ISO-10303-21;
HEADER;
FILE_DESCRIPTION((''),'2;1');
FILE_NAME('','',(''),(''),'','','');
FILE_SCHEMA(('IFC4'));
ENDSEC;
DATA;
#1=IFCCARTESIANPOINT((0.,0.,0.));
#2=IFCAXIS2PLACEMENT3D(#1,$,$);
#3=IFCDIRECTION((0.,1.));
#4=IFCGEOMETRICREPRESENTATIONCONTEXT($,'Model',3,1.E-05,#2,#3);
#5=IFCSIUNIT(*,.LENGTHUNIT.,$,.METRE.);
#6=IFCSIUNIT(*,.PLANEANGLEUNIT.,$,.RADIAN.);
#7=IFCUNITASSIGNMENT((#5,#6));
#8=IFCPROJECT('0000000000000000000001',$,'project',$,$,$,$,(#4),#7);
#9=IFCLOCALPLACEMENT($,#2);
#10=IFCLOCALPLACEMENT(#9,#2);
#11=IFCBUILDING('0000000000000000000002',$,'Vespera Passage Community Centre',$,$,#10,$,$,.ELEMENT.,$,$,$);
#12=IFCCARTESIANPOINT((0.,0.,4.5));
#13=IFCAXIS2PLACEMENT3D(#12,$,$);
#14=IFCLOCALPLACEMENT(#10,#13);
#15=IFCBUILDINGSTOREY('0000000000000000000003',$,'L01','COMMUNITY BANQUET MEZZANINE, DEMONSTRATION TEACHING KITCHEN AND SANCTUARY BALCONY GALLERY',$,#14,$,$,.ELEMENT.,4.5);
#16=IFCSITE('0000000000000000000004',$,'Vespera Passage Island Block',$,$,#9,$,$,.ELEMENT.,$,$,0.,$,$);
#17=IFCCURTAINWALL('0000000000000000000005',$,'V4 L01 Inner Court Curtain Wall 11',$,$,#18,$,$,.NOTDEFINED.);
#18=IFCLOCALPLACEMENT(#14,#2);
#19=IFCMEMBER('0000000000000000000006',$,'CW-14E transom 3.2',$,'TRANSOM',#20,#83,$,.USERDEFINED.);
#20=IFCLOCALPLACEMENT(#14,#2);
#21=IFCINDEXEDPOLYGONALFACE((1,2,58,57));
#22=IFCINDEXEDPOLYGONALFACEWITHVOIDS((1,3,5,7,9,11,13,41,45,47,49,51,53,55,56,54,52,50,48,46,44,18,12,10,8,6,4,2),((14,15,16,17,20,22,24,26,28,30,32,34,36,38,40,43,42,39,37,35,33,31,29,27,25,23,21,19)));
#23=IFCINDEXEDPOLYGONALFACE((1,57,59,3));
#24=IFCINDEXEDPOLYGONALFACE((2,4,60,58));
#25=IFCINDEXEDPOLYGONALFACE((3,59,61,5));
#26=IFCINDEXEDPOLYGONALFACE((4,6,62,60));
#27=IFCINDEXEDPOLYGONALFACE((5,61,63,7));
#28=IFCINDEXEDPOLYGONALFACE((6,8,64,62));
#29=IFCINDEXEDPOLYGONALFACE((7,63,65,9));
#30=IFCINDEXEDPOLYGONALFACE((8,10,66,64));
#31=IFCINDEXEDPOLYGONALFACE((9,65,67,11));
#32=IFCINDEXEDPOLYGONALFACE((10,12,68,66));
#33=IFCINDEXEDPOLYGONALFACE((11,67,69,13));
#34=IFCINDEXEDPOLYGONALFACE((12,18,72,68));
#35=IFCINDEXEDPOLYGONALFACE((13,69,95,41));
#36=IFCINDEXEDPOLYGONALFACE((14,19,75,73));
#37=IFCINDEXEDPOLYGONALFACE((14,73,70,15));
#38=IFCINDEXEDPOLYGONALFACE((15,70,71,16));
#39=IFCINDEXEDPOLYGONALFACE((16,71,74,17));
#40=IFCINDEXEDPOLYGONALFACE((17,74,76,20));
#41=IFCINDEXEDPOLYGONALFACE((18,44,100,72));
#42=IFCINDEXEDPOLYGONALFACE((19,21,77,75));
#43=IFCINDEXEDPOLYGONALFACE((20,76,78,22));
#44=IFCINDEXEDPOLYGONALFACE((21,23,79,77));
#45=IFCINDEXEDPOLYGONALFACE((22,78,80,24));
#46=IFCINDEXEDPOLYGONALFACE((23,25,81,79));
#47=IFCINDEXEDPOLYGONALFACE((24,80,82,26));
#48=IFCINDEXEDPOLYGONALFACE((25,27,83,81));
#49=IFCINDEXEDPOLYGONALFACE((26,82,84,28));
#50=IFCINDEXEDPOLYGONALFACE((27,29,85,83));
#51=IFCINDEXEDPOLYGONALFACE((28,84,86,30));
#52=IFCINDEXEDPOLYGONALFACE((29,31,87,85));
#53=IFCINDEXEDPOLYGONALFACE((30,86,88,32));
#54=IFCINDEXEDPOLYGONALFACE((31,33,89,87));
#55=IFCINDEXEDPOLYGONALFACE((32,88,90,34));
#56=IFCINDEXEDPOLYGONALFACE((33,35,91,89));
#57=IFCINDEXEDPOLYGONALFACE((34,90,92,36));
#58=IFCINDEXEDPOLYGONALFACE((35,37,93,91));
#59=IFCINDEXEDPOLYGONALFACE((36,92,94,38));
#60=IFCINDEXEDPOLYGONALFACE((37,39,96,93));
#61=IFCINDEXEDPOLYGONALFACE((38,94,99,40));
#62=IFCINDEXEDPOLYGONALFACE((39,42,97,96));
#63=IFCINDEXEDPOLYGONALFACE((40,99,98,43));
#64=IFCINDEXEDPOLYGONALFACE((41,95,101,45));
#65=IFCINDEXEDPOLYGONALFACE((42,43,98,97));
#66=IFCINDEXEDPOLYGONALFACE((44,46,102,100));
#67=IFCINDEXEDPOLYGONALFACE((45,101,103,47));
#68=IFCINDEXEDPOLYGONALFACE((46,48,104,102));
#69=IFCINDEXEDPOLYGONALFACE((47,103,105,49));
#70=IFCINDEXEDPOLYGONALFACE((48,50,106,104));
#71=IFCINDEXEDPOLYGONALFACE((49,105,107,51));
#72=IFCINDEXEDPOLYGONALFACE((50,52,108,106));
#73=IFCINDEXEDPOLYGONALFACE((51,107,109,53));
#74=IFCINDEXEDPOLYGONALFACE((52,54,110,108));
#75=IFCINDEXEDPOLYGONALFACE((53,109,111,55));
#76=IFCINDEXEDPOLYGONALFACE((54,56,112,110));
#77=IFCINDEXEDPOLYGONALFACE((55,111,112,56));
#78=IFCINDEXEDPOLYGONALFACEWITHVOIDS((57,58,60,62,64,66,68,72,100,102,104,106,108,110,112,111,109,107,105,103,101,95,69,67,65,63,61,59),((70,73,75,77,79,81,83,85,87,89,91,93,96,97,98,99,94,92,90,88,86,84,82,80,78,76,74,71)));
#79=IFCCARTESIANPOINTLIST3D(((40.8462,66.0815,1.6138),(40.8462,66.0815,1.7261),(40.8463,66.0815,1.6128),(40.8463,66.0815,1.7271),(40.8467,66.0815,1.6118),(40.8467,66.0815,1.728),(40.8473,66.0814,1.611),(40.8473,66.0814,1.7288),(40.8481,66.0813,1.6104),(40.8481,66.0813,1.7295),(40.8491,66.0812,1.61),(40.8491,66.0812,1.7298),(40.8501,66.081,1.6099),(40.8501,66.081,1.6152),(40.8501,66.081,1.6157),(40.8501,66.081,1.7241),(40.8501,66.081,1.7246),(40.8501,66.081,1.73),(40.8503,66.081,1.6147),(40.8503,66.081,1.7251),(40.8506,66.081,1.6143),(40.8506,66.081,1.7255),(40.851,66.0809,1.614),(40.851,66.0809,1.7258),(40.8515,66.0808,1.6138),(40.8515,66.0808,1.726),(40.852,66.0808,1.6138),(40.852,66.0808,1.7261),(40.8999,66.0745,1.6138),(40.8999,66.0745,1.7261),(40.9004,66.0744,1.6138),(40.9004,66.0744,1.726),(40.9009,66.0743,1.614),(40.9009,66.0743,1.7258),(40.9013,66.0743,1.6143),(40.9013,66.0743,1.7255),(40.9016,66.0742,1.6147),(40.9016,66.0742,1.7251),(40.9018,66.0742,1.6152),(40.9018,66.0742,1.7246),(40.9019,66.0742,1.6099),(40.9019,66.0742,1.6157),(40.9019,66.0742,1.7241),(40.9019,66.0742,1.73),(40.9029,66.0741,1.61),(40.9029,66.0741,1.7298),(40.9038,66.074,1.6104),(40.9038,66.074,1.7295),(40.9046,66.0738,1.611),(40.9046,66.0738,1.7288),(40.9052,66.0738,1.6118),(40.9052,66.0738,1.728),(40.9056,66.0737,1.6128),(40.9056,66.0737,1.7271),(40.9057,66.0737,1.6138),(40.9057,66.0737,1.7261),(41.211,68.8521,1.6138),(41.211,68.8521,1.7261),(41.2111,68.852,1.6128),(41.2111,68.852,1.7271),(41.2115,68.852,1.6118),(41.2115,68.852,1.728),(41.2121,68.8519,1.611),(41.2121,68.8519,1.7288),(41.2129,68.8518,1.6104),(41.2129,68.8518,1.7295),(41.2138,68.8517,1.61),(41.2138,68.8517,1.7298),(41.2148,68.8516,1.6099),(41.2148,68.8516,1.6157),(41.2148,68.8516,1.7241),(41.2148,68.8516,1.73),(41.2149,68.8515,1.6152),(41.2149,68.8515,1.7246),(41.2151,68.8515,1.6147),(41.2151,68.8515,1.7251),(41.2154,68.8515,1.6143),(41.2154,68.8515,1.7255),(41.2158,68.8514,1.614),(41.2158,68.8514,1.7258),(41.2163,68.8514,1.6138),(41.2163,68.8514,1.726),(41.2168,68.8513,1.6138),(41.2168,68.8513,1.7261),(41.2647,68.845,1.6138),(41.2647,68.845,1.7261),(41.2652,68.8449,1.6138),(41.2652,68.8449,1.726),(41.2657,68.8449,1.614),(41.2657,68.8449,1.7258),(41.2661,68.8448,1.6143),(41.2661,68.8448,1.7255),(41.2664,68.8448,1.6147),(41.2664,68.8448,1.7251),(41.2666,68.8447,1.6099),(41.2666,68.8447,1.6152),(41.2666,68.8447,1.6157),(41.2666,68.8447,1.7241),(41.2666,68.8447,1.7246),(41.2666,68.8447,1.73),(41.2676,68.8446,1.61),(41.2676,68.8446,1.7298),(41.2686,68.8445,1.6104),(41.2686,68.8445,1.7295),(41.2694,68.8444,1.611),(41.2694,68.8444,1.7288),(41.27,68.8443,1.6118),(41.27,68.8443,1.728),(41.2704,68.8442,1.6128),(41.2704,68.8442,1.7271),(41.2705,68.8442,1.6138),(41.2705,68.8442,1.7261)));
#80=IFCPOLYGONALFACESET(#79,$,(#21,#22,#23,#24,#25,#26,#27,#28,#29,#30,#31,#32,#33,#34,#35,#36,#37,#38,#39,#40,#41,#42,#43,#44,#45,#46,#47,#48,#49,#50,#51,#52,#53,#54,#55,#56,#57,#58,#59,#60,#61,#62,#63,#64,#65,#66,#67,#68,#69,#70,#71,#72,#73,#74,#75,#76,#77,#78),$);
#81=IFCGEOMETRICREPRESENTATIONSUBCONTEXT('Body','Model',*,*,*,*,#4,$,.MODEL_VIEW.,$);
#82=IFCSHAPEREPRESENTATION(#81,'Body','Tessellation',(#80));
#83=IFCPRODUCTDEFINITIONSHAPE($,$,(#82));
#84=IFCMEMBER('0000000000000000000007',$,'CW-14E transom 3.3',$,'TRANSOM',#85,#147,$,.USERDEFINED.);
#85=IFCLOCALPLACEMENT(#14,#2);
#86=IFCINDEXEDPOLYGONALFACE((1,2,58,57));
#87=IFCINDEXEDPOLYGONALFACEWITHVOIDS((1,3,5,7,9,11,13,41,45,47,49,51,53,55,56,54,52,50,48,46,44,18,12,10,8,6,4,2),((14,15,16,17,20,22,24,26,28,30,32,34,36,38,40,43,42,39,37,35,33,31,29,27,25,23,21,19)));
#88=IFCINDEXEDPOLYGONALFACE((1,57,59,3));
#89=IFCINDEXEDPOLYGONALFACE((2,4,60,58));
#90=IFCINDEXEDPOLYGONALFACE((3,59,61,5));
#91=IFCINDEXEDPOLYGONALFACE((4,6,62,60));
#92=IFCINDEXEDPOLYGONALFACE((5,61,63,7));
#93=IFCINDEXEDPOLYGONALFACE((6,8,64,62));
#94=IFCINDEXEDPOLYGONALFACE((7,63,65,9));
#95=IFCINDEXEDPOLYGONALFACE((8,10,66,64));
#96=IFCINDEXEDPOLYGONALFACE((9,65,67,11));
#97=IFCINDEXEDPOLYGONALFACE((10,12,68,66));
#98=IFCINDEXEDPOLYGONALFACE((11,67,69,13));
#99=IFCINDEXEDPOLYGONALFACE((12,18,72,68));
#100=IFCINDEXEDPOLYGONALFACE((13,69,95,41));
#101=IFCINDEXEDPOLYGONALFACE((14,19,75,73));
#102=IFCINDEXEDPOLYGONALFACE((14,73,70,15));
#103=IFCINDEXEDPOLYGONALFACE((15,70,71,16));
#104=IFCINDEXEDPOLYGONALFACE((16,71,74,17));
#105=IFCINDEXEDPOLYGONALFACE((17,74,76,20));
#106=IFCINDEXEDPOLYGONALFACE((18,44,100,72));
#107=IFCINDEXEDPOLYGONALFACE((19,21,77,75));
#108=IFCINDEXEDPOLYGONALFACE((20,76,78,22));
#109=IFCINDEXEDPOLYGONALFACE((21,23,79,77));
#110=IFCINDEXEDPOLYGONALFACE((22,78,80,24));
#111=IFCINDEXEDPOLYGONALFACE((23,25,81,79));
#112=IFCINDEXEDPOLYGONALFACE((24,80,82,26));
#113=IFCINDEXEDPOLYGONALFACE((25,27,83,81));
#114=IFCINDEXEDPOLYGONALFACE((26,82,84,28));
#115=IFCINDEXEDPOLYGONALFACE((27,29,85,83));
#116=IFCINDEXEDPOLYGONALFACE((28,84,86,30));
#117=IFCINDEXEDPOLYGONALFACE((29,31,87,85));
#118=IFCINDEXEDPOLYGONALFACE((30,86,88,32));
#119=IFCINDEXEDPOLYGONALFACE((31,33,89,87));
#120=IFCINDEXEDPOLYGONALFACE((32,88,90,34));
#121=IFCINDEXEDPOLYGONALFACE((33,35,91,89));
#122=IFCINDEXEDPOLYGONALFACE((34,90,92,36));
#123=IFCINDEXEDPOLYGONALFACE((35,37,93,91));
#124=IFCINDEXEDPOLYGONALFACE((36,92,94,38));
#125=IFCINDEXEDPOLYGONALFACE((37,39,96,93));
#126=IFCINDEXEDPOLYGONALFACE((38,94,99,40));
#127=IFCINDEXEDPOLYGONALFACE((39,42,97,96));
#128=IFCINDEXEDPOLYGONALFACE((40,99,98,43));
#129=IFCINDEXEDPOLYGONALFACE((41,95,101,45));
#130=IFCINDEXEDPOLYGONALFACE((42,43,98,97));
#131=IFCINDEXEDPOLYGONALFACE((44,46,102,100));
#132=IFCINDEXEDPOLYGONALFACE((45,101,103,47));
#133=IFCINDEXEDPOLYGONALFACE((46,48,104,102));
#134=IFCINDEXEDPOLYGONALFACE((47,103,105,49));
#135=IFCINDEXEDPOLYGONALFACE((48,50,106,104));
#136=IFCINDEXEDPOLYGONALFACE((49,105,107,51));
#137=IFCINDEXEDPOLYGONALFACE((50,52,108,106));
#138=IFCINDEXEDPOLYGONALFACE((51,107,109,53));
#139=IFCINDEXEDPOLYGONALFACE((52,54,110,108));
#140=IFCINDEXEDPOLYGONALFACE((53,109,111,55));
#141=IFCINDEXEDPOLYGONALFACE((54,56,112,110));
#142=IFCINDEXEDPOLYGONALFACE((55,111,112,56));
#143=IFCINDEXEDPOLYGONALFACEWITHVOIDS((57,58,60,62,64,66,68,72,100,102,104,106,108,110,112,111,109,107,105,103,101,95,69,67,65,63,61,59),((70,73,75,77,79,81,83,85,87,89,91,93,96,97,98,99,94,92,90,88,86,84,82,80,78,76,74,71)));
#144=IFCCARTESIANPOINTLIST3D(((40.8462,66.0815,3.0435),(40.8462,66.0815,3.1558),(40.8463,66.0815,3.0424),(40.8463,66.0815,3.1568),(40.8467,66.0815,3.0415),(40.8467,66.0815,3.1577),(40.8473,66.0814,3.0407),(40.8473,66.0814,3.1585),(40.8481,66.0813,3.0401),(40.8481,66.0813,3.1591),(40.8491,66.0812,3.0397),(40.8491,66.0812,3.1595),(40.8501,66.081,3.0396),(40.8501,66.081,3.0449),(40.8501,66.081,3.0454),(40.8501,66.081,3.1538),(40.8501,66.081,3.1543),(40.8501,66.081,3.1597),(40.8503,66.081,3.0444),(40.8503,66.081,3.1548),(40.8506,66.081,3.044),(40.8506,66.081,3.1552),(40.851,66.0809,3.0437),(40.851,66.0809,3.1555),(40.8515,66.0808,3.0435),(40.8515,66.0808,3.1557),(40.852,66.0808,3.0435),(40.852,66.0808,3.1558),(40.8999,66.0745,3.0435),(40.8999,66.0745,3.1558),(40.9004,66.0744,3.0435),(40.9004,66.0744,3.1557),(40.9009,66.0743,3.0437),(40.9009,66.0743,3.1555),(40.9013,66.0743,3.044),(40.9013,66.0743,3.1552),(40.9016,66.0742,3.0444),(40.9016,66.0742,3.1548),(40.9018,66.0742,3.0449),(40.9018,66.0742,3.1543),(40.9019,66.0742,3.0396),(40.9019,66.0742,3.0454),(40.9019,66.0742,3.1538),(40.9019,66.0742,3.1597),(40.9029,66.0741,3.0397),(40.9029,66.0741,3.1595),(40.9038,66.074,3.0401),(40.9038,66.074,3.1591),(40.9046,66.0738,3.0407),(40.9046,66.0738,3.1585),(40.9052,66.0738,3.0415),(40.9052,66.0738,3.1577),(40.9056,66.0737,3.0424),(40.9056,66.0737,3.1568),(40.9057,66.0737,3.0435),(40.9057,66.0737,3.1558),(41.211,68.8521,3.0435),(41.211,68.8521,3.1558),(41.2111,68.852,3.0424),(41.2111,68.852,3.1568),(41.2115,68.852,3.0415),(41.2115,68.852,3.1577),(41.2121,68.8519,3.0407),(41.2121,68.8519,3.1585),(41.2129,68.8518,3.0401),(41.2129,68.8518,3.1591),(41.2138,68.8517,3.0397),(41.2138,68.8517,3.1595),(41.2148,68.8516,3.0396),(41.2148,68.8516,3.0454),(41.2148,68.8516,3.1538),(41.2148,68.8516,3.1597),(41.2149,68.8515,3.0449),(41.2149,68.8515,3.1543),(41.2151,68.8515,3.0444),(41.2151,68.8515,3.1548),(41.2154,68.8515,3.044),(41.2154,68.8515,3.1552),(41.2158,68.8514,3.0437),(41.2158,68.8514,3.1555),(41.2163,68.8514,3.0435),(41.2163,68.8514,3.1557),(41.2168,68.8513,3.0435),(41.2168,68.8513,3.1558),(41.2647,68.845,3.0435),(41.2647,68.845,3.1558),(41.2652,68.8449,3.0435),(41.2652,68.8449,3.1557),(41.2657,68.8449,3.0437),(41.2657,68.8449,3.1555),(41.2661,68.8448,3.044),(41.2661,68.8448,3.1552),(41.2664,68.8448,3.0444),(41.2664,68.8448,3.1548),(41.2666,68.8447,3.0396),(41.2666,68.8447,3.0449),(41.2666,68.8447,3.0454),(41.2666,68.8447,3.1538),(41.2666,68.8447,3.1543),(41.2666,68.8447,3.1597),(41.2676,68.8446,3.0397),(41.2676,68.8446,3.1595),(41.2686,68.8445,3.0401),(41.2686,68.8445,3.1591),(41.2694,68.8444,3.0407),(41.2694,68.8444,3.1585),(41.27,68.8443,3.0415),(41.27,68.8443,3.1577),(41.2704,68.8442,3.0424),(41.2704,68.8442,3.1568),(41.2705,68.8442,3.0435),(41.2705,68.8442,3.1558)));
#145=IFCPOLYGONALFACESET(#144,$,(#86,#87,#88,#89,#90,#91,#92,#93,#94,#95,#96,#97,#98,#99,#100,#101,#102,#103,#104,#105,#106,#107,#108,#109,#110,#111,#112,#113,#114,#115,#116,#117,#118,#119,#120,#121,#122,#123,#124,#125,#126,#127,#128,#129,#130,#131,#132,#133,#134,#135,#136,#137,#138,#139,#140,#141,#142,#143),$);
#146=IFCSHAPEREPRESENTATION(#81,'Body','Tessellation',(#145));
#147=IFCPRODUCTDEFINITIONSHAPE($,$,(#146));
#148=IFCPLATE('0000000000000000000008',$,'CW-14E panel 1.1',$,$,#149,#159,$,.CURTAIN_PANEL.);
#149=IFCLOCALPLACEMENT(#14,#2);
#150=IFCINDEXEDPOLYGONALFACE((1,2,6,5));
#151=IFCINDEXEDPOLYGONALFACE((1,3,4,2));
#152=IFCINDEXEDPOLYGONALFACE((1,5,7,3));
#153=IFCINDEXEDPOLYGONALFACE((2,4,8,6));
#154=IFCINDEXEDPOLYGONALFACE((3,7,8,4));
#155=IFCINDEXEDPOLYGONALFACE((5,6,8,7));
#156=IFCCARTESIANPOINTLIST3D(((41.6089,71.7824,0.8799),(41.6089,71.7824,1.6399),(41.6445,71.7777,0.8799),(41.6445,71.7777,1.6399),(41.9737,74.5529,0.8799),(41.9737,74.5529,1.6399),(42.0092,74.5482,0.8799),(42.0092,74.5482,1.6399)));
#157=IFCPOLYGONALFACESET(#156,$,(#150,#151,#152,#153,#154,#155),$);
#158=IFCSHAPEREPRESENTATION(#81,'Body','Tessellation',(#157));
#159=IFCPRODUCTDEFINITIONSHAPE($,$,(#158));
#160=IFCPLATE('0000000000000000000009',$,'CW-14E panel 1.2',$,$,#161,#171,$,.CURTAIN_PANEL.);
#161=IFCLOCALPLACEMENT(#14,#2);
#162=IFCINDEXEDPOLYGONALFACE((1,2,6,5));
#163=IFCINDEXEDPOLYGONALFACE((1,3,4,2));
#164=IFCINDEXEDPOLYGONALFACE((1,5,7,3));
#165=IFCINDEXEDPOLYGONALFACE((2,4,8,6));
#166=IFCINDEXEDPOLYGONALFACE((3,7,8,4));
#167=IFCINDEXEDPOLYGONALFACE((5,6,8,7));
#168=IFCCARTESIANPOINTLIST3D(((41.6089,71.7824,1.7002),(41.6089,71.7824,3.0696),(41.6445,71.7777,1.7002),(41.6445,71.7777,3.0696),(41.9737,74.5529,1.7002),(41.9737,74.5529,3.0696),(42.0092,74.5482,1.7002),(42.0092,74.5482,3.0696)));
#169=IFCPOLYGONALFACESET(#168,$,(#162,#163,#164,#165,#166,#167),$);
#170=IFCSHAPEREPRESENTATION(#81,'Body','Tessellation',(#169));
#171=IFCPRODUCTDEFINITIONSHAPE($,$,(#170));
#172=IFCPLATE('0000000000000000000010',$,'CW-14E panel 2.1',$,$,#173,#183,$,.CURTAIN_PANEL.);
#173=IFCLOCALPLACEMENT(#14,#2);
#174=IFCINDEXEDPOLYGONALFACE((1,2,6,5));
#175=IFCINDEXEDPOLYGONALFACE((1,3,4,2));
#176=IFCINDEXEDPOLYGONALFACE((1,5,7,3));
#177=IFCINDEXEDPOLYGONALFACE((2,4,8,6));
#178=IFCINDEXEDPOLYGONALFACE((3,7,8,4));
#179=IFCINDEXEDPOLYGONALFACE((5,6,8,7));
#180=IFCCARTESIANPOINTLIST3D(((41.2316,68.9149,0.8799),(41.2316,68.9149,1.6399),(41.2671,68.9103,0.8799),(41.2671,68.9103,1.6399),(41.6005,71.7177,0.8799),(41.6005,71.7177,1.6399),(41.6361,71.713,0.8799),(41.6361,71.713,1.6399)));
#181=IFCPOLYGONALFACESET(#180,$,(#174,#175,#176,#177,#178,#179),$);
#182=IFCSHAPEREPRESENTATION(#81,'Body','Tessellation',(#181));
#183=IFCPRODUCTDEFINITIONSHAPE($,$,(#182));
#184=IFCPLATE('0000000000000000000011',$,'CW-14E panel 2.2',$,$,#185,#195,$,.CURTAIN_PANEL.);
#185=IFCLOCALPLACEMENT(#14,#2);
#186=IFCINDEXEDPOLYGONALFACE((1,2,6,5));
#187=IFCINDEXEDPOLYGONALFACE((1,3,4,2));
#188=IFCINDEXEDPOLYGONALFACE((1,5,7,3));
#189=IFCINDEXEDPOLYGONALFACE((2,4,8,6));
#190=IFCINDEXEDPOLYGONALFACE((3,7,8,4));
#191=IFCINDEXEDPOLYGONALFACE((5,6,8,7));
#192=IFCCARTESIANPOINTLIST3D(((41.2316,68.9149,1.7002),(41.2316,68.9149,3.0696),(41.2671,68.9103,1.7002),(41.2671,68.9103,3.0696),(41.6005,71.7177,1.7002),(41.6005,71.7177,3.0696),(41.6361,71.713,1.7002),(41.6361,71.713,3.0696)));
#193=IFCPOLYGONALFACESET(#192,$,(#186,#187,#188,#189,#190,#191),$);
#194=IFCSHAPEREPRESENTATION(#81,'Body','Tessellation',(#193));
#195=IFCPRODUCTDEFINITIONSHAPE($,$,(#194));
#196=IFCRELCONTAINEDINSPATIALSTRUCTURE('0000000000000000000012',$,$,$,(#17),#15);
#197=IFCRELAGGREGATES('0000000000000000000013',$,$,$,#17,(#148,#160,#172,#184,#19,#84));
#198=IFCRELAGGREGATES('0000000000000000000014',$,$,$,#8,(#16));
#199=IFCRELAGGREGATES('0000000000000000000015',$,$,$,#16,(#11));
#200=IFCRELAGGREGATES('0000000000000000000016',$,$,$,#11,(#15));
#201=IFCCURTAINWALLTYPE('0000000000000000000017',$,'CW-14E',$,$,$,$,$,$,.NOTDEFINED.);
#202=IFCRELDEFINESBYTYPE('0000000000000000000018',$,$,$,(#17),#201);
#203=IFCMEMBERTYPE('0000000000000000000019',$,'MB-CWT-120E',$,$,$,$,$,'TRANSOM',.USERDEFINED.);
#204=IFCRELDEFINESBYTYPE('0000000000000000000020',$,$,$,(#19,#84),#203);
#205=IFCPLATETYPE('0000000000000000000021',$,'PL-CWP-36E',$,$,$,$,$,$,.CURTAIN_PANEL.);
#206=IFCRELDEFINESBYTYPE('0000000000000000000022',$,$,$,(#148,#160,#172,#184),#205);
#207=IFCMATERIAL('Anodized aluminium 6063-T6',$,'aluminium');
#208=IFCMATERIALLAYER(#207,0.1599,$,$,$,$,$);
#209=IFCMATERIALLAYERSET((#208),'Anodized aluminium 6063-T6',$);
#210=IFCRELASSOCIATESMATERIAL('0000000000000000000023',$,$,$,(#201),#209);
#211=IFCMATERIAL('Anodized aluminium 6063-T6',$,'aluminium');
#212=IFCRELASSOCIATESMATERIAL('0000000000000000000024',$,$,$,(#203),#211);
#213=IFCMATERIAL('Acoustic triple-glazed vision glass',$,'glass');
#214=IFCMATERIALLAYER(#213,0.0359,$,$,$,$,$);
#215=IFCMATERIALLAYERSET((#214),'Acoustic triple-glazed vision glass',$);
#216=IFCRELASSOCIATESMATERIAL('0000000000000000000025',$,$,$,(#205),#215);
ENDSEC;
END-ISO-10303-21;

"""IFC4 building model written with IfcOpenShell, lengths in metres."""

from ifc_helpers import new_model, si_unit, direction, frame, origin, origin_2d, place, context, subcontext, project, spatial, rectangle, hollow_rectangle, extrude, material, layer, layer_set, material_profile, profile_set, type_object, element, aggregate, save


model = new_model("IFC4")

# Units and contexts
model_context = context("Model", 3, precision=1e-05, world=origin(), true_north=direction((0.0, 1.0)))
body_context = subcontext(model_context, "Body", "Model", "MODEL_VIEW")
ifc_project = project(units=[si_unit("LENGTHUNIT", "METRE"), si_unit("PLANEANGLEUNIT", "RADIAN")], contexts=[model_context])

# Site, building, storey
site_placement = place(None, origin())
site = spatial("IfcSite", under=ifc_project, at=site_placement, Name="Vespera Passage Island Block", CompositionType="ELEMENT", RefElevation=0.0)
building_placement = place(site_placement, origin())
building = spatial("IfcBuilding", under=site, at=building_placement, Name="Vespera Passage Community Centre", CompositionType="ELEMENT")
storey_placement = place(building_placement, frame((0.0, 0.0, 4.5)))
storey = spatial("IfcBuildingStorey", under=building, at=storey_placement, Name="L01", Description="COMMUNITY BANQUET MEZZANINE, DEMONSTRATION TEACHING KITCHEN AND SANCTUARY BALCONY GALLERY", CompositionType="ELEMENT", Elevation=4.5)

# Curtain wall
ifc_material_1 = material(Name="Anodized aluminium 6063-T6", Category="aluminium")
ifc_layer_1 = layer(ifc_material_1, 0.1599)
ifc_layer_set_1 = layer_set([ifc_layer_1], Name="Anodized aluminium 6063-T6")
curtain_wall_type_1 = type_object("IfcCurtainWallType", Name="CW-14E", PredefinedType="NOTDEFINED", material=ifc_layer_set_1)
curtain_wall_1_placement = place(storey_placement, origin())
curtain_wall_1 = element("IfcCurtainWall", 1, at=curtain_wall_1_placement, inside=storey, type_object=curtain_wall_type_1, Name="V4 L01 Inner Court Curtain Wall 11", PredefinedType="NOTDEFINED")

# Members
ifc_material_2 = material(Name="Anodized aluminium 6063-T6", Category="aluminium")
ifc_material_profile_1 = material_profile(ifc_material_2, hollow_rectangle(XDim=0.0601, YDim=0.1201, WallThickness=0.0039, InnerFilletRadius=0.002, OuterFilletRadius=0.0039, at=origin_2d()), Name="ALU120X60X4")
ifc_profile_set_1 = profile_set([ifc_material_profile_1], Name="Anodized aluminium 6063-T6")
member_type_1 = type_object("IfcMemberType", Name="MB-CWT-120E", ElementType="TRANSOM", PredefinedType="USERDEFINED", material=ifc_profile_set_1)
member_1_placement = place(storey_placement, frame((41.2407, 68.8481, 1.6699), z_axis=(-0.130527, -0.991445, 0.0), x_axis=(0.991445, -0.130527, 0.0)))
member_1 = element("IfcMember", 2, at=member_1_placement, type_object=member_type_1, Name="CW-14E transom 3.2", ObjectType="TRANSOM", PredefinedType="USERDEFINED", context=body_context, shape_type="SweptSolid", body=[
    extrude(hollow_rectangle(XDim=0.0601, YDim=0.1201, WallThickness=0.0039, InnerFilletRadius=0.002, OuterFilletRadius=0.0039, at=origin_2d()), origin(), (0.0, 0.0, 1.0), 2.7944),
])
member_2_placement = place(storey_placement, frame((41.2407, 68.8481, 3.0996), z_axis=(-0.130527, -0.991445, 0.0), x_axis=(0.991445, -0.130527, 0.0)))
member_2 = element("IfcMember", 3, at=member_2_placement, type_object=member_type_1, Name="CW-14E transom 3.3", ObjectType="TRANSOM", PredefinedType="USERDEFINED", context=body_context, shape_type="SweptSolid", body=[
    extrude(hollow_rectangle(XDim=0.0601, YDim=0.1201, WallThickness=0.0039, InnerFilletRadius=0.002, OuterFilletRadius=0.0039, at=origin_2d()), origin(), (0.0, 0.0, 1.0), 2.7944),
])

# Plates
ifc_material_3 = material(Name="Acoustic triple-glazed vision glass", Category="glass")
ifc_layer_2 = layer(ifc_material_3, 0.0359)
ifc_layer_set_2 = layer_set([ifc_layer_2], Name="Acoustic triple-glazed vision glass")
plate_type = type_object("IfcPlateType", Name="PL-CWP-36E", PredefinedType="CURTAIN_PANEL", material=ifc_layer_set_2)
plate_1_placement = place(storey_placement, frame((41.8091, 73.1653, 0.8799), z_axis=(0.0, 0.0, 1.0), x_axis=(-0.130522, -0.991445, 0.0)))
plate_1 = element("IfcPlate", 4, at=plate_1_placement, type_object=plate_type, Name="CW-14E panel 1.1", PredefinedType="CURTAIN_PANEL", context=body_context, shape_type="SweptSolid", body=[
    extrude(rectangle(XDim=2.7944, YDim=0.0359, at=origin_2d()), origin(), (0.0, 0.0, 1.0), 0.76),
])
plate_2_placement = place(storey_placement, frame((41.8091, 73.1653, 1.7002), z_axis=(0.0, 0.0, 1.0), x_axis=(-0.130522, -0.991445, 0.0)))
plate_2 = element("IfcPlate", 5, at=plate_2_placement, type_object=plate_type, Name="CW-14E panel 1.2", PredefinedType="CURTAIN_PANEL", context=body_context, shape_type="SweptSolid", body=[
    extrude(rectangle(XDim=2.7944, YDim=0.0359, at=origin_2d()), origin(), (0.0, 0.0, 1.0), 1.3694),
])
plate_3_placement = place(storey_placement, frame((41.4338, 70.314, 0.8799), z_axis=(0.0, 0.0, 1.0), x_axis=(-0.130522, -0.991445, 0.0)))
plate_3 = element("IfcPlate", 6, at=plate_3_placement, type_object=plate_type, Name="CW-14E panel 2.1", PredefinedType="CURTAIN_PANEL", context=body_context, shape_type="SweptSolid", body=[
    extrude(rectangle(XDim=2.8269, YDim=0.0359, at=origin_2d()), origin(), (0.0, 0.0, 1.0), 0.76),
])
plate_4_placement = place(storey_placement, frame((41.4338, 70.314, 1.7002), z_axis=(0.0, 0.0, 1.0), x_axis=(-0.130522, -0.991445, 0.0)))
plate_4 = element("IfcPlate", 7, at=plate_4_placement, type_object=plate_type, Name="CW-14E panel 2.2", PredefinedType="CURTAIN_PANEL", context=body_context, shape_type="SweptSolid", body=[
    extrude(rectangle(XDim=2.8269, YDim=0.0359, at=origin_2d()), origin(), (0.0, 0.0, 1.0), 1.3694),
])
aggregate(curtain_wall_1, [plate_1, plate_2, plate_3, plate_4, member_1, member_2])

save(model, "model.ifc")
